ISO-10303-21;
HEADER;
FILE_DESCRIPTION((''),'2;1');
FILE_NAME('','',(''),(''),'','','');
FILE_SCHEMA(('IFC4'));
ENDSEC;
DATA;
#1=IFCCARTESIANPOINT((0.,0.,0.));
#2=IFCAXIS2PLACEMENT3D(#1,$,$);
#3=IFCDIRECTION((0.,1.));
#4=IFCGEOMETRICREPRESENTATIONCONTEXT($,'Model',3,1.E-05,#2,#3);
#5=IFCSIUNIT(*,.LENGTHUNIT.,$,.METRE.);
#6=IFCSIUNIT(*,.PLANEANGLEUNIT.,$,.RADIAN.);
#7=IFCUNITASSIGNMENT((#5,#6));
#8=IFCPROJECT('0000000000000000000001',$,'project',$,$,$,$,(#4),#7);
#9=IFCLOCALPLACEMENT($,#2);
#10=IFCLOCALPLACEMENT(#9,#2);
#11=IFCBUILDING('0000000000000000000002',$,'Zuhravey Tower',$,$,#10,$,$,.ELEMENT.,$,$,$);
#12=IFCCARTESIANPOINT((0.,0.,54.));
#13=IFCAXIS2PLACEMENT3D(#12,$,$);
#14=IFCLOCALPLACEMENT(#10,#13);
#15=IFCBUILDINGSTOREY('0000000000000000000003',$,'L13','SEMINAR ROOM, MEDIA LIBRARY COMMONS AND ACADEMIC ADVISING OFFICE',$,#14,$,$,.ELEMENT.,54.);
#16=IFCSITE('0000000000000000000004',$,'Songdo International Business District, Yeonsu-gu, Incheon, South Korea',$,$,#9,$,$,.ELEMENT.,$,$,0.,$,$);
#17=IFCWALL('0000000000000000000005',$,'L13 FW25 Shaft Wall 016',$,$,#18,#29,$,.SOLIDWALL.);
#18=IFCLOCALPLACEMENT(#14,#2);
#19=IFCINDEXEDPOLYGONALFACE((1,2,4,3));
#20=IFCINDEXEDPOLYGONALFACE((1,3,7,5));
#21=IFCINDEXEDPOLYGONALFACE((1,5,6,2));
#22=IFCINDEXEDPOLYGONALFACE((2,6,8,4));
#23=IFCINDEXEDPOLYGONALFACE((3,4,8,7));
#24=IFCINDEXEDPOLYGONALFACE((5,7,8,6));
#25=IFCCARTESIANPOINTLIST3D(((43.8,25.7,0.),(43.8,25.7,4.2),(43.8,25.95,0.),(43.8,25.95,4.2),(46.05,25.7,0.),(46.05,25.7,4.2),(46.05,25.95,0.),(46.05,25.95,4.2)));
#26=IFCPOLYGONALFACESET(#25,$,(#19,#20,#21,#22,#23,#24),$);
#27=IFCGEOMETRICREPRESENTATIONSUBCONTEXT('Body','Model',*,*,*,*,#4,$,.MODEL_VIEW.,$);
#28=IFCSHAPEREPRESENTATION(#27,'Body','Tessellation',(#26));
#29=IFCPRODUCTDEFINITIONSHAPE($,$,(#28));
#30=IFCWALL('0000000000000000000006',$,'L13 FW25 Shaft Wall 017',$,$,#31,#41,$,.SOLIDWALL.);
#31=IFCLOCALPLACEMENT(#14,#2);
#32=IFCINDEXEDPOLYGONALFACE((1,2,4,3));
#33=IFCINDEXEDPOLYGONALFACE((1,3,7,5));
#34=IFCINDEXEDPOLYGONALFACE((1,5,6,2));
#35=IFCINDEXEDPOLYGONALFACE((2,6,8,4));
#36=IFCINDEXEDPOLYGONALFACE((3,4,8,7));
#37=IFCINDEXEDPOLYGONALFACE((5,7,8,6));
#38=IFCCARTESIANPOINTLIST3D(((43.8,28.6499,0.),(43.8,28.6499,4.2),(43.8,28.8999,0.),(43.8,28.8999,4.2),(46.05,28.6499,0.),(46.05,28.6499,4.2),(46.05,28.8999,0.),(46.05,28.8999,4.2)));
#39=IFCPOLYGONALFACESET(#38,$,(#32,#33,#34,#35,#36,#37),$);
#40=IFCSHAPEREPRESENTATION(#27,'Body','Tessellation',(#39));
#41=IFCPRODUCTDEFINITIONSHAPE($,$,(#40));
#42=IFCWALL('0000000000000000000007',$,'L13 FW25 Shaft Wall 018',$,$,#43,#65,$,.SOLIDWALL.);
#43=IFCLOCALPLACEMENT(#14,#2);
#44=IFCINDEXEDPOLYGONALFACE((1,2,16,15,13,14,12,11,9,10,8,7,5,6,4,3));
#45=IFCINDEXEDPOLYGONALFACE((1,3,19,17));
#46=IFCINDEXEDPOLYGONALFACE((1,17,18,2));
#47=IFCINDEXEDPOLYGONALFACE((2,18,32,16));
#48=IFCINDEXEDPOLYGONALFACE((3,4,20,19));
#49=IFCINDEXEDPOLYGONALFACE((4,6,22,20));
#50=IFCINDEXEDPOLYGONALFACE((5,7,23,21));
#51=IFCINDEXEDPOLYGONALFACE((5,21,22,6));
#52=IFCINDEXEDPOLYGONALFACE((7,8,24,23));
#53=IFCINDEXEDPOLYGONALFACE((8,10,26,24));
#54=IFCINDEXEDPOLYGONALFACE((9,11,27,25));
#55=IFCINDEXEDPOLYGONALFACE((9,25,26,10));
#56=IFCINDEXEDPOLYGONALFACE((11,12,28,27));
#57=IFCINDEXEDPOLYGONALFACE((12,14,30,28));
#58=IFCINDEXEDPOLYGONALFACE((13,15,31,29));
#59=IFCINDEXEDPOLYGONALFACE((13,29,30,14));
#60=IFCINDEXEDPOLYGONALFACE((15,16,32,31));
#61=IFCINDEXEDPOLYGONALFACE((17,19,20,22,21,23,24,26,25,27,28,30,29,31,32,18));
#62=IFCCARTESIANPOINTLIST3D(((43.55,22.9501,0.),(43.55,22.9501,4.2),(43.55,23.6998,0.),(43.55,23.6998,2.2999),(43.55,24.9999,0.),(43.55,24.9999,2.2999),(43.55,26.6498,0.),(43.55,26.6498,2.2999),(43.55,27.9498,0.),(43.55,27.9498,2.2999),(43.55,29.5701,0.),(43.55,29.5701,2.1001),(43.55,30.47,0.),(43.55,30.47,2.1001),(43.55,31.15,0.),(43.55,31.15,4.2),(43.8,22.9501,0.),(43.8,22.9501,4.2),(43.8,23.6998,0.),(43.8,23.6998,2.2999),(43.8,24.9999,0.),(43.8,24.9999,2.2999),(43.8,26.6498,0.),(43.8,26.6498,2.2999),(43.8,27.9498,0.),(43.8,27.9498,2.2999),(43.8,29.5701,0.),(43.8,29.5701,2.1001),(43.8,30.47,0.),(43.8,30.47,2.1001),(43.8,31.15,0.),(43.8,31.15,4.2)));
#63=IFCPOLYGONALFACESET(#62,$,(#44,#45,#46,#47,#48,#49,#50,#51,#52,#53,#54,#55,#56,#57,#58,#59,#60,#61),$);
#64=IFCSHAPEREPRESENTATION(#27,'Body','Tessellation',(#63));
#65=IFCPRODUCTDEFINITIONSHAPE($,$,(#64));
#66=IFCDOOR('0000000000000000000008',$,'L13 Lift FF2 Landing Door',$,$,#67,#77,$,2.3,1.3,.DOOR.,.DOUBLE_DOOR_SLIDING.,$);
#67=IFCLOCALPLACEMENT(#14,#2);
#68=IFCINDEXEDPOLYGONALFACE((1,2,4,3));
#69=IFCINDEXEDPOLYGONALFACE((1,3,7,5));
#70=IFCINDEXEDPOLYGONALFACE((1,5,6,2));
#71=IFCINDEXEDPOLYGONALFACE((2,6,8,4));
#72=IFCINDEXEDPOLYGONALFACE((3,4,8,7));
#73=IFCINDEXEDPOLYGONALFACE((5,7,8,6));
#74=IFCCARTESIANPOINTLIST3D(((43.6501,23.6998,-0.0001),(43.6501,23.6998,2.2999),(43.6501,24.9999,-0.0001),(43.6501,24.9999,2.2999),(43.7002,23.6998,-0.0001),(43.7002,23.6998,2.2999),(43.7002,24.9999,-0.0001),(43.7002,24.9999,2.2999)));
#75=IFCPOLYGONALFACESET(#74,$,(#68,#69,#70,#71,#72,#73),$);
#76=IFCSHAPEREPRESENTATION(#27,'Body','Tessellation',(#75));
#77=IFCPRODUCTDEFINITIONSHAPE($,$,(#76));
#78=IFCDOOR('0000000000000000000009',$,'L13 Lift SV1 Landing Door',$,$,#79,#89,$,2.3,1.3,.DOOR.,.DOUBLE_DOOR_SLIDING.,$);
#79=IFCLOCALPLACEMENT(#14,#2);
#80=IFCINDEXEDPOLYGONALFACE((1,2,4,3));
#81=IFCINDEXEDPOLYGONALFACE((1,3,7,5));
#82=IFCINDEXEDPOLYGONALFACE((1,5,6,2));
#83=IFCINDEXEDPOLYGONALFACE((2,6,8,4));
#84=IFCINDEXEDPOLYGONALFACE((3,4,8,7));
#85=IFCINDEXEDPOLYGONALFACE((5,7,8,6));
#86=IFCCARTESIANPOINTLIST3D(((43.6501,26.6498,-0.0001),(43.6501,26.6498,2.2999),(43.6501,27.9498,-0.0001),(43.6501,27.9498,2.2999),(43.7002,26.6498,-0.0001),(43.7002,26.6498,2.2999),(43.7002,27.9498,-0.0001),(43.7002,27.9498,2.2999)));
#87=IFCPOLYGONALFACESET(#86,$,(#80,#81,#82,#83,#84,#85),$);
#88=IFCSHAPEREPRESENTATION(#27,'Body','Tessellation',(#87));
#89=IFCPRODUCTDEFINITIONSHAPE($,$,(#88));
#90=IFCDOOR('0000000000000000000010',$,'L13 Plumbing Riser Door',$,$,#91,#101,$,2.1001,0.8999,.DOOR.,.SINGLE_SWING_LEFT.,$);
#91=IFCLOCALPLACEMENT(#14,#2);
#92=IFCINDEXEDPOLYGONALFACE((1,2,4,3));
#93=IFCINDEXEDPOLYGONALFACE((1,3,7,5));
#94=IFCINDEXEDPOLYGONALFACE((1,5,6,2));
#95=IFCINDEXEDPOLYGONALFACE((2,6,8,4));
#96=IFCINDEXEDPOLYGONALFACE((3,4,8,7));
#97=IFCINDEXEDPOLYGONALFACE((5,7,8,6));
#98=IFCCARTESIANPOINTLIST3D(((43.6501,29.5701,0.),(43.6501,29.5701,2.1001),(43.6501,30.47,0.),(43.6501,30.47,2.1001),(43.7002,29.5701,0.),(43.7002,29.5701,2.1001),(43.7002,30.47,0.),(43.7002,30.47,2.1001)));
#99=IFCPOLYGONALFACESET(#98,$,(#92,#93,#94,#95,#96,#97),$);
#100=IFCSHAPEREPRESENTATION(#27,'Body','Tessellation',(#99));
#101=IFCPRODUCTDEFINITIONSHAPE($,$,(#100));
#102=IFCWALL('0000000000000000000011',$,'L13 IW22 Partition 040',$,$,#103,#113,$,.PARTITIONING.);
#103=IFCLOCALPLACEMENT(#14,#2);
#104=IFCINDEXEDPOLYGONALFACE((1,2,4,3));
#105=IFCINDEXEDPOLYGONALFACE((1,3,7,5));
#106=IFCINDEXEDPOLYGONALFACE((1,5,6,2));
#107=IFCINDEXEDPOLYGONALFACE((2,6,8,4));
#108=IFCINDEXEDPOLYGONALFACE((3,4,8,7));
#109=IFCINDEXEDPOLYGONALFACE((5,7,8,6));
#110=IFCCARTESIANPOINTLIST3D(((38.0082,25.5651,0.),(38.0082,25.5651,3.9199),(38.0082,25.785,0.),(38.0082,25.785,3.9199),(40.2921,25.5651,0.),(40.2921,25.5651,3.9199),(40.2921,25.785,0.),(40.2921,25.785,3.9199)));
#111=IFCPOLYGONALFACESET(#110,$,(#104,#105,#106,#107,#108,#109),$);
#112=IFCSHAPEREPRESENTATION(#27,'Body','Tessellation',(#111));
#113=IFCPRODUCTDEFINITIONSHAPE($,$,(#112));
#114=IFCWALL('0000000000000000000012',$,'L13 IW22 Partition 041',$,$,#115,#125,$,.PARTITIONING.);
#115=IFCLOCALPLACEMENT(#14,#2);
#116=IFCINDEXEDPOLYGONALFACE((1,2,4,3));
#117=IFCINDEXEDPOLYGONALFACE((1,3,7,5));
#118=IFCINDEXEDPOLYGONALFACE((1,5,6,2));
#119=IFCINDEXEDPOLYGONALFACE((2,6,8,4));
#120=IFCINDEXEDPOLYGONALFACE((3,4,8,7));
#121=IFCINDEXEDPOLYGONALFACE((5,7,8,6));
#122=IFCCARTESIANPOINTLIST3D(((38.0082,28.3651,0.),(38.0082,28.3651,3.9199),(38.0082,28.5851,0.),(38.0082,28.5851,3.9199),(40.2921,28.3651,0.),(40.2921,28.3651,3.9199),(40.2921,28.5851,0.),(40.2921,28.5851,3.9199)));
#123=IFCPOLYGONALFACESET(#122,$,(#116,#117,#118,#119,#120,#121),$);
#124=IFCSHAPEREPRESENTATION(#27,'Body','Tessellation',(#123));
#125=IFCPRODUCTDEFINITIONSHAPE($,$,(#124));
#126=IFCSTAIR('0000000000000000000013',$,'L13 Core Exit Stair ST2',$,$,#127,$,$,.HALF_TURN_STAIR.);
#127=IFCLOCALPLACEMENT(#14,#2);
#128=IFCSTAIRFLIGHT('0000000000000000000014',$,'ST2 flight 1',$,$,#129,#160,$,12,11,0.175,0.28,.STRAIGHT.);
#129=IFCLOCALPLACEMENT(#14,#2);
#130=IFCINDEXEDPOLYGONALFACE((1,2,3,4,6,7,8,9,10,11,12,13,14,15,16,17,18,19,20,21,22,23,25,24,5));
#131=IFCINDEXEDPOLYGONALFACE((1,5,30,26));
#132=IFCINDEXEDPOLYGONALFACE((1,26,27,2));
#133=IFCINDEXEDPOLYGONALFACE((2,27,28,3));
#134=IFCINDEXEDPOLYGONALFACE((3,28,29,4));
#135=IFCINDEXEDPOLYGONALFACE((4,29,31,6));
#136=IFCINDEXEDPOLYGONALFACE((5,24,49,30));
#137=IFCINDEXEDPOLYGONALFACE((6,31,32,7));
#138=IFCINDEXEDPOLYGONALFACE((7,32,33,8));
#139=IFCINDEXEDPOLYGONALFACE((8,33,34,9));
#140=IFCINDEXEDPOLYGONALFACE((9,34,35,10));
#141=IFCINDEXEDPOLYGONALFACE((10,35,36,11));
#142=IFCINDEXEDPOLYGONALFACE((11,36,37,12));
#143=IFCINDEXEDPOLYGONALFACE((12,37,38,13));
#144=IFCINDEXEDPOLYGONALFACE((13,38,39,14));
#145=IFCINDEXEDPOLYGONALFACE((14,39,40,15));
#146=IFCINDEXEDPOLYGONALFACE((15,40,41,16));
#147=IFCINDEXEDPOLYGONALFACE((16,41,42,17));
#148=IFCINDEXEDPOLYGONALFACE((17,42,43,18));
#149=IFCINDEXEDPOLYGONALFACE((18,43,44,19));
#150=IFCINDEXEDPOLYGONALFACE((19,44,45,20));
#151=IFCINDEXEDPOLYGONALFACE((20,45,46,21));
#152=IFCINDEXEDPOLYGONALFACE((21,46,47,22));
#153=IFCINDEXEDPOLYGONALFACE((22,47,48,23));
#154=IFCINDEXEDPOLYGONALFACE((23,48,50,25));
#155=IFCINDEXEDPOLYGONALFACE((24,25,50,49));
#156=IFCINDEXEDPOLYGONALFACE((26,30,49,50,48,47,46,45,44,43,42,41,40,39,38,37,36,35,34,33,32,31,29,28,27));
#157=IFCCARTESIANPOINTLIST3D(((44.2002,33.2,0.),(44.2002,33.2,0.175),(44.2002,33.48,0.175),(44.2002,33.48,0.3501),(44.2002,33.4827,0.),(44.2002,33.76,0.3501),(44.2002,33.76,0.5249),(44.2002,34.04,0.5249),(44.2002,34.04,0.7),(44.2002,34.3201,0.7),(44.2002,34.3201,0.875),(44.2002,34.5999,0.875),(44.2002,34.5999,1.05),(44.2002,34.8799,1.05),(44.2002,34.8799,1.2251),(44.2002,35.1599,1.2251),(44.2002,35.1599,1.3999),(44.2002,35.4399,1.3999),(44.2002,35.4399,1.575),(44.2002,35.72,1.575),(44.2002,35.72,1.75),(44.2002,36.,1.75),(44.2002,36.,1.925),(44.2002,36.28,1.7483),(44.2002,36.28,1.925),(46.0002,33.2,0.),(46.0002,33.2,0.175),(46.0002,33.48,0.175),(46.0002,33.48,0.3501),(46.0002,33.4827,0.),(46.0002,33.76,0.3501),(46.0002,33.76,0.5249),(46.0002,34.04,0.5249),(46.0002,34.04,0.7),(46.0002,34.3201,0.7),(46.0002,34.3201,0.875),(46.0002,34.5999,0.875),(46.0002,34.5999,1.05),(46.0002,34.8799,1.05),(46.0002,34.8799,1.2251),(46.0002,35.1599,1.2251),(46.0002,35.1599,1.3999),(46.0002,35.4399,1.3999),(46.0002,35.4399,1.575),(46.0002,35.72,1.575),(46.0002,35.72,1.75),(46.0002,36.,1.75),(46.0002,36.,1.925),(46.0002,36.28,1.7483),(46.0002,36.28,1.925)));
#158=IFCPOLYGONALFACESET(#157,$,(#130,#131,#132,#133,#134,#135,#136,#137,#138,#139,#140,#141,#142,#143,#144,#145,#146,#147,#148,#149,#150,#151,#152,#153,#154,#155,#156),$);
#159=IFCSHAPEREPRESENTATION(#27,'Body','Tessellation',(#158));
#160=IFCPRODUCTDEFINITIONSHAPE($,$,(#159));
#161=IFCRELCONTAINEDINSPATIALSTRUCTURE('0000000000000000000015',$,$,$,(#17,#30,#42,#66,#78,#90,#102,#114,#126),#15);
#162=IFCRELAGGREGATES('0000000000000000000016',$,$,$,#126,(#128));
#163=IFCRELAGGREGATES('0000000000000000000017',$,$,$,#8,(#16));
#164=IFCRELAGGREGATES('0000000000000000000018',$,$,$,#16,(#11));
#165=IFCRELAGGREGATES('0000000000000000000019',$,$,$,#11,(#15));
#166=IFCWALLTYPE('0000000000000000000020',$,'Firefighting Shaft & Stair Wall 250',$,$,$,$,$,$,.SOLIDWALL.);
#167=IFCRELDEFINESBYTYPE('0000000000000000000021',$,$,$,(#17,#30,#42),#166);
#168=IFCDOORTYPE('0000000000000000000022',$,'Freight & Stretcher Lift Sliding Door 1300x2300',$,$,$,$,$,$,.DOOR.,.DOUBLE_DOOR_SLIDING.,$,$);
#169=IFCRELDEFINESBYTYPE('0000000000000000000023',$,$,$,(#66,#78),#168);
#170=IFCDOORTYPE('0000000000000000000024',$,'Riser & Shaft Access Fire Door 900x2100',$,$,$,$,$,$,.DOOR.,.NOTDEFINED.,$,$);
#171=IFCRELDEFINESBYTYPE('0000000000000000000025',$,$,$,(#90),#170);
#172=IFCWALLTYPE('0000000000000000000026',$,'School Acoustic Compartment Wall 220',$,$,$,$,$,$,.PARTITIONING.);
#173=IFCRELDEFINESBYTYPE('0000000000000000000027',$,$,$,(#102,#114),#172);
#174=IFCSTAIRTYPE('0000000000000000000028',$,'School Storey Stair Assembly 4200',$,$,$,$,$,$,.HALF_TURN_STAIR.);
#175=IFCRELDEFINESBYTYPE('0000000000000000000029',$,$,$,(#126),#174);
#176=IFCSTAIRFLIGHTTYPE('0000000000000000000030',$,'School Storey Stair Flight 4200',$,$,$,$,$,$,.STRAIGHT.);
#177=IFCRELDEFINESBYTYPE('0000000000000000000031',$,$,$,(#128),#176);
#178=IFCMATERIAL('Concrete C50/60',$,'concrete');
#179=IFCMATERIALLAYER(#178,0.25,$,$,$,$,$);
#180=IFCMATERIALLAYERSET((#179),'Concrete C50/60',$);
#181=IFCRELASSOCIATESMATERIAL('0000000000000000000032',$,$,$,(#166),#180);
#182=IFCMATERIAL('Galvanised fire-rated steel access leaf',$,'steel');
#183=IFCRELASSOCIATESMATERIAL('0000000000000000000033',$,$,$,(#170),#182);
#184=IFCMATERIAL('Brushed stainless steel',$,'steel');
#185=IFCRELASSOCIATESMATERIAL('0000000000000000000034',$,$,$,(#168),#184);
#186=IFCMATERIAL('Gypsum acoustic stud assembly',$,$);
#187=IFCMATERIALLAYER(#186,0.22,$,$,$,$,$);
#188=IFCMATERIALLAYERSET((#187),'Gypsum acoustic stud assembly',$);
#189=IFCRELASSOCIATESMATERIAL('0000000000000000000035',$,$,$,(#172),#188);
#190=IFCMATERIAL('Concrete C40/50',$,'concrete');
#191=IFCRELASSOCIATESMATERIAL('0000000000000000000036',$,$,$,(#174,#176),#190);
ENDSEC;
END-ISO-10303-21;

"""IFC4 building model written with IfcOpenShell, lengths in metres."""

from ifc_helpers import new_model, si_unit, direction, frame, frame_2d, origin, place, context, subcontext, project, spatial, polyline, rectangle, outline, extrude, material, layer, layer_set, type_object, element, fill, aggregate, save


model = new_model("IFC4")

# Units and contexts
model_context = context("Model", 3, precision=1e-05, world=origin(), true_north=direction((0.0, 1.0)))
body_context = subcontext(model_context, "Body", "Model", "MODEL_VIEW")
ifc_project = project(units=[si_unit("LENGTHUNIT", "METRE"), si_unit("PLANEANGLEUNIT", "RADIAN")], contexts=[model_context])

# Site, building, storey
site_placement = place(None, origin())
site = spatial("IfcSite", under=ifc_project, at=site_placement, Name="Songdo International Business District, Yeonsu-gu, Incheon, South Korea", CompositionType="ELEMENT", RefElevation=0.0)
building_placement = place(site_placement, origin())
building = spatial("IfcBuilding", under=site, at=building_placement, Name="Zuhravey Tower", CompositionType="ELEMENT")
storey_placement = place(building_placement, frame((0.0, 0.0, 54.0)))
storey = spatial("IfcBuildingStorey", under=building, at=storey_placement, Name="L13", Description="SEMINAR ROOM, MEDIA LIBRARY COMMONS AND ACADEMIC ADVISING OFFICE", CompositionType="ELEMENT", Elevation=54.0)

# Shared definitions
ifc_material_1 = material(Name="Concrete C50/60", Category="concrete")
ifc_layer_1 = layer(ifc_material_1, 0.25)
ifc_layer_set_1 = layer_set([ifc_layer_1], Name="Concrete C50/60")
wall_type_1 = type_object("IfcWallType", Name="Firefighting Shaft & Stair Wall 250", PredefinedType="SOLIDWALL", material=ifc_layer_set_1)

# Shared definitions
ifc_material_2 = material(Name="Galvanised fire-rated steel access leaf", Category="steel")
door_type_1 = type_object("IfcDoorType", Name="Riser & Shaft Access Fire Door 900x2100", OperationType="NOTDEFINED", PredefinedType="DOOR", material=ifc_material_2)

# Walls
for number, where, z_axis, x_axis, name in (
    (1, (43.8, 25.825, 0.0), (0.0, 0.0, 1.0), (1.0, 0.0, 0.0), "L13 FW25 Shaft Wall 016"),
    (2, (43.8, 28.7749, 0.0), (0.0, 0.0, 1.0), (1.0, 0.0, 0.0), "L13 FW25 Shaft Wall 017"),
):
    element("IfcWall", number, at=place(storey_placement, frame(where, z_axis=z_axis, x_axis=x_axis)), inside=storey, type_object=wall_type_1, Name=name, PredefinedType="SOLIDWALL", context=body_context, shape_type="SweptSolid", body=[
        extrude(rectangle(XDim=2.25, YDim=0.25, at=frame_2d((1.125, 0.0))), origin(), (0.0, 0.0, 1.0), 4.2),
    ])

# Wall, openings, doors
wall_1_placement = place(storey_placement, frame((43.675, 22.95, 0.0), z_axis=(0.0, 0.0, 1.0), x_axis=(0.0, 1.0, 0.0)))
wall_1 = element("IfcWall", 3, at=wall_1_placement, inside=storey, type_object=wall_type_1, Name="L13 FW25 Shaft Wall 018", PredefinedType="SOLIDWALL", context=body_context, shape_type="SweptSolid", body=[
    extrude(rectangle(XDim=8.2, YDim=0.25, at=frame_2d((4.1001, 0.0))), origin(), (0.0, 0.0, 1.0), 4.2),
])
opening_1_placement = place(wall_1_placement, frame((0.75, 0.0, 0.0)))
opening_1 = element("IfcOpeningElement", 4, at=opening_1_placement, cuts=wall_1, PredefinedType="OPENING", context=body_context, shape_type="SweptSolid", body=[
    extrude(rectangle(XDim=1.3, YDim=2.3, at=frame_2d((0.6499, 1.1499))), frame((0.0, 0.137, 0.0), z_axis=(0.0, -1.0, 0.0), x_axis=(1.0, 0.0, 0.0)), (0.0, 0.0, 1.0), 0.2739),
])
opening_2_placement = place(wall_1_placement, frame((3.7, 0.0, 0.0)))
opening_2 = element("IfcOpeningElement", 5, at=opening_2_placement, cuts=wall_1, PredefinedType="OPENING", context=body_context, shape_type="SweptSolid", body=[
    extrude(rectangle(XDim=1.3, YDim=2.3, at=frame_2d((0.6499, 1.1499))), frame((0.0, 0.137, 0.0), z_axis=(0.0, -1.0, 0.0), x_axis=(1.0, 0.0, 0.0)), (0.0, 0.0, 1.0), 0.2739),
])
opening_3_placement = place(wall_1_placement, frame((6.6201, 0.0, 0.0)))
opening_3 = element("IfcOpeningElement", 6, at=opening_3_placement, cuts=wall_1, PredefinedType="OPENING", context=body_context, shape_type="SweptSolid", body=[
    extrude(rectangle(XDim=0.8999, YDim=2.1001, at=frame_2d((0.45, 1.05))), frame((0.0, 0.137, 0.0), z_axis=(0.0, -1.0, 0.0), x_axis=(1.0, 0.0, 0.0)), (0.0, 0.0, 1.0), 0.2739),
])
ifc_material_3 = material(Name="Brushed stainless steel", Category="steel")
door_type_2 = type_object("IfcDoorType", Name="Freight & Stretcher Lift Sliding Door 1300x2300", OperationType="DOUBLE_DOOR_SLIDING", PredefinedType="DOOR", material=ifc_material_3)
door_1_placement = place(opening_1_placement, origin())
door_1 = element("IfcDoor", 7, at=door_1_placement, inside=storey, type_object=door_type_2, Name="L13 Lift FF2 Landing Door", OperationType="DOUBLE_DOOR_SLIDING", OverallHeight=2.3, OverallWidth=1.3, PredefinedType="DOOR", context=body_context, shape_type="SweptSolid", body=[
    extrude(rectangle(XDim=1.3, YDim=2.3, at=frame_2d((0.6499, 1.1499))), frame((0.0, 0.0249, 0.0), z_axis=(0.0, -1.0, 0.0), x_axis=(1.0, 0.0, 0.0)), (0.0, 0.0, 1.0), 0.05),
])
fill(opening_1, door_1)
door_2_placement = place(opening_2_placement, origin())
door_2 = element("IfcDoor", 8, at=door_2_placement, inside=storey, type_object=door_type_2, Name="L13 Lift SV1 Landing Door", OperationType="DOUBLE_DOOR_SLIDING", OverallHeight=2.3, OverallWidth=1.3, PredefinedType="DOOR", context=body_context, shape_type="SweptSolid", body=[
    extrude(rectangle(XDim=1.3, YDim=2.3, at=frame_2d((0.6499, 1.1499))), frame((0.0, 0.0249, 0.0), z_axis=(0.0, -1.0, 0.0), x_axis=(1.0, 0.0, 0.0)), (0.0, 0.0, 1.0), 0.05),
])
fill(opening_2, door_2)
door_3_placement = place(opening_3_placement, origin())
door_3 = element("IfcDoor", 9, at=door_3_placement, inside=storey, type_object=door_type_1, Name="L13 Plumbing Riser Door", OperationType="SINGLE_SWING_LEFT", OverallHeight=2.1001, OverallWidth=0.8999, PredefinedType="DOOR", context=body_context, shape_type="SweptSolid", body=[
    extrude(rectangle(XDim=0.8999, YDim=2.1001, at=frame_2d((0.45, 1.05))), frame((0.0, 0.0249, 0.0), z_axis=(0.0, -1.0, 0.0), x_axis=(1.0, 0.0, 0.0)), (0.0, 0.0, 1.0), 0.05),
])
fill(opening_3, door_3)

# Walls
ifc_material_4 = material(Name="Gypsum acoustic stud assembly")
ifc_layer_2 = layer(ifc_material_4, 0.22)
ifc_layer_set_2 = layer_set([ifc_layer_2], Name="Gypsum acoustic stud assembly")
wall_type_2 = type_object("IfcWallType", Name="School Acoustic Compartment Wall 220", PredefinedType="PARTITIONING", material=ifc_layer_set_2)
for number, where, z_axis, x_axis, name in (
    (10, (38.0081, 25.675, 0.0), (0.0, 0.0, 1.0), (1.0, 0.0, 0.0), "L13 IW22 Partition 040"),
    (11, (38.0081, 28.4751, 0.0), (0.0, 0.0, 1.0), (1.0, 0.0, 0.0), "L13 IW22 Partition 041"),
):
    element("IfcWall", number, at=place(storey_placement, frame(where, z_axis=z_axis, x_axis=x_axis)), inside=storey, type_object=wall_type_2, Name=name, PredefinedType="PARTITIONING", context=body_context, shape_type="SweptSolid", body=[
        extrude(rectangle(XDim=2.2839, YDim=0.22, at=frame_2d((1.1421, 0.0))), origin(), (0.0, 0.0, 1.0), 3.9199),
    ])

# Stair, stair flight
ifc_material_5 = material(Name="Concrete C40/50", Category="concrete")
stair_type = type_object("IfcStairType", Name="School Storey Stair Assembly 4200", PredefinedType="HALF_TURN_STAIR", material=ifc_material_5)
stair_placement = place(storey_placement, origin())
stair = element("IfcStair", 12, at=stair_placement, inside=storey, type_object=stair_type, Name="L13 Core Exit Stair ST2", PredefinedType="HALF_TURN_STAIR")
stair_flight_type = type_object("IfcStairFlightType", Name="School Storey Stair Flight 4200", PredefinedType="STRAIGHT", material=ifc_material_5)
stair_flight_placement = place(storey_placement, frame((45.1001, 33.2, 0.0), z_axis=(0.0, 0.0, 1.0), x_axis=(0.0, 1.0, 0.0)))
stair_flight = element("IfcStairFlight", 13, at=stair_flight_placement, type_object=stair_flight_type, Name="ST2 flight 1", NumberOfRisers=12, NumberOfTreads=11, PredefinedType="STRAIGHT", RiserHeight=0.175, TreadLength=0.28, context=body_context, shape_type="SweptSolid", body=[
    extrude(outline(polyline([(0.0, 0.0), (0.0, 0.175), (0.28, 0.175), (0.28, 0.3501), (0.5601, 0.3501), (0.5601, 0.5249), (0.8401, 0.5249), (0.8401, 0.7), (1.1201, 0.7), (1.1201, 0.875), (1.3999, 0.875), (1.3999, 1.05), (1.6799, 1.05), (1.6799, 1.2251), (1.96, 1.2251), (1.96, 1.3999), (2.24, 1.3999), (2.24, 1.575), (2.52, 1.575), (2.52, 1.75), (2.8, 1.75), (2.8, 1.925), (3.0801, 1.925), (3.0801, 2.1001), (3.0801, 1.7483), (0.2827, 0.0), (0.0, 0.0)])), frame((0.0, 0.8999, 0.0), z_axis=(0.0, -1.0, 0.0), x_axis=(1.0, 0.0, 0.0)), (0.0, 0.0, 1.0), 1.8),
])
aggregate(stair, [stair_flight])

save(model, "model.ifc")
